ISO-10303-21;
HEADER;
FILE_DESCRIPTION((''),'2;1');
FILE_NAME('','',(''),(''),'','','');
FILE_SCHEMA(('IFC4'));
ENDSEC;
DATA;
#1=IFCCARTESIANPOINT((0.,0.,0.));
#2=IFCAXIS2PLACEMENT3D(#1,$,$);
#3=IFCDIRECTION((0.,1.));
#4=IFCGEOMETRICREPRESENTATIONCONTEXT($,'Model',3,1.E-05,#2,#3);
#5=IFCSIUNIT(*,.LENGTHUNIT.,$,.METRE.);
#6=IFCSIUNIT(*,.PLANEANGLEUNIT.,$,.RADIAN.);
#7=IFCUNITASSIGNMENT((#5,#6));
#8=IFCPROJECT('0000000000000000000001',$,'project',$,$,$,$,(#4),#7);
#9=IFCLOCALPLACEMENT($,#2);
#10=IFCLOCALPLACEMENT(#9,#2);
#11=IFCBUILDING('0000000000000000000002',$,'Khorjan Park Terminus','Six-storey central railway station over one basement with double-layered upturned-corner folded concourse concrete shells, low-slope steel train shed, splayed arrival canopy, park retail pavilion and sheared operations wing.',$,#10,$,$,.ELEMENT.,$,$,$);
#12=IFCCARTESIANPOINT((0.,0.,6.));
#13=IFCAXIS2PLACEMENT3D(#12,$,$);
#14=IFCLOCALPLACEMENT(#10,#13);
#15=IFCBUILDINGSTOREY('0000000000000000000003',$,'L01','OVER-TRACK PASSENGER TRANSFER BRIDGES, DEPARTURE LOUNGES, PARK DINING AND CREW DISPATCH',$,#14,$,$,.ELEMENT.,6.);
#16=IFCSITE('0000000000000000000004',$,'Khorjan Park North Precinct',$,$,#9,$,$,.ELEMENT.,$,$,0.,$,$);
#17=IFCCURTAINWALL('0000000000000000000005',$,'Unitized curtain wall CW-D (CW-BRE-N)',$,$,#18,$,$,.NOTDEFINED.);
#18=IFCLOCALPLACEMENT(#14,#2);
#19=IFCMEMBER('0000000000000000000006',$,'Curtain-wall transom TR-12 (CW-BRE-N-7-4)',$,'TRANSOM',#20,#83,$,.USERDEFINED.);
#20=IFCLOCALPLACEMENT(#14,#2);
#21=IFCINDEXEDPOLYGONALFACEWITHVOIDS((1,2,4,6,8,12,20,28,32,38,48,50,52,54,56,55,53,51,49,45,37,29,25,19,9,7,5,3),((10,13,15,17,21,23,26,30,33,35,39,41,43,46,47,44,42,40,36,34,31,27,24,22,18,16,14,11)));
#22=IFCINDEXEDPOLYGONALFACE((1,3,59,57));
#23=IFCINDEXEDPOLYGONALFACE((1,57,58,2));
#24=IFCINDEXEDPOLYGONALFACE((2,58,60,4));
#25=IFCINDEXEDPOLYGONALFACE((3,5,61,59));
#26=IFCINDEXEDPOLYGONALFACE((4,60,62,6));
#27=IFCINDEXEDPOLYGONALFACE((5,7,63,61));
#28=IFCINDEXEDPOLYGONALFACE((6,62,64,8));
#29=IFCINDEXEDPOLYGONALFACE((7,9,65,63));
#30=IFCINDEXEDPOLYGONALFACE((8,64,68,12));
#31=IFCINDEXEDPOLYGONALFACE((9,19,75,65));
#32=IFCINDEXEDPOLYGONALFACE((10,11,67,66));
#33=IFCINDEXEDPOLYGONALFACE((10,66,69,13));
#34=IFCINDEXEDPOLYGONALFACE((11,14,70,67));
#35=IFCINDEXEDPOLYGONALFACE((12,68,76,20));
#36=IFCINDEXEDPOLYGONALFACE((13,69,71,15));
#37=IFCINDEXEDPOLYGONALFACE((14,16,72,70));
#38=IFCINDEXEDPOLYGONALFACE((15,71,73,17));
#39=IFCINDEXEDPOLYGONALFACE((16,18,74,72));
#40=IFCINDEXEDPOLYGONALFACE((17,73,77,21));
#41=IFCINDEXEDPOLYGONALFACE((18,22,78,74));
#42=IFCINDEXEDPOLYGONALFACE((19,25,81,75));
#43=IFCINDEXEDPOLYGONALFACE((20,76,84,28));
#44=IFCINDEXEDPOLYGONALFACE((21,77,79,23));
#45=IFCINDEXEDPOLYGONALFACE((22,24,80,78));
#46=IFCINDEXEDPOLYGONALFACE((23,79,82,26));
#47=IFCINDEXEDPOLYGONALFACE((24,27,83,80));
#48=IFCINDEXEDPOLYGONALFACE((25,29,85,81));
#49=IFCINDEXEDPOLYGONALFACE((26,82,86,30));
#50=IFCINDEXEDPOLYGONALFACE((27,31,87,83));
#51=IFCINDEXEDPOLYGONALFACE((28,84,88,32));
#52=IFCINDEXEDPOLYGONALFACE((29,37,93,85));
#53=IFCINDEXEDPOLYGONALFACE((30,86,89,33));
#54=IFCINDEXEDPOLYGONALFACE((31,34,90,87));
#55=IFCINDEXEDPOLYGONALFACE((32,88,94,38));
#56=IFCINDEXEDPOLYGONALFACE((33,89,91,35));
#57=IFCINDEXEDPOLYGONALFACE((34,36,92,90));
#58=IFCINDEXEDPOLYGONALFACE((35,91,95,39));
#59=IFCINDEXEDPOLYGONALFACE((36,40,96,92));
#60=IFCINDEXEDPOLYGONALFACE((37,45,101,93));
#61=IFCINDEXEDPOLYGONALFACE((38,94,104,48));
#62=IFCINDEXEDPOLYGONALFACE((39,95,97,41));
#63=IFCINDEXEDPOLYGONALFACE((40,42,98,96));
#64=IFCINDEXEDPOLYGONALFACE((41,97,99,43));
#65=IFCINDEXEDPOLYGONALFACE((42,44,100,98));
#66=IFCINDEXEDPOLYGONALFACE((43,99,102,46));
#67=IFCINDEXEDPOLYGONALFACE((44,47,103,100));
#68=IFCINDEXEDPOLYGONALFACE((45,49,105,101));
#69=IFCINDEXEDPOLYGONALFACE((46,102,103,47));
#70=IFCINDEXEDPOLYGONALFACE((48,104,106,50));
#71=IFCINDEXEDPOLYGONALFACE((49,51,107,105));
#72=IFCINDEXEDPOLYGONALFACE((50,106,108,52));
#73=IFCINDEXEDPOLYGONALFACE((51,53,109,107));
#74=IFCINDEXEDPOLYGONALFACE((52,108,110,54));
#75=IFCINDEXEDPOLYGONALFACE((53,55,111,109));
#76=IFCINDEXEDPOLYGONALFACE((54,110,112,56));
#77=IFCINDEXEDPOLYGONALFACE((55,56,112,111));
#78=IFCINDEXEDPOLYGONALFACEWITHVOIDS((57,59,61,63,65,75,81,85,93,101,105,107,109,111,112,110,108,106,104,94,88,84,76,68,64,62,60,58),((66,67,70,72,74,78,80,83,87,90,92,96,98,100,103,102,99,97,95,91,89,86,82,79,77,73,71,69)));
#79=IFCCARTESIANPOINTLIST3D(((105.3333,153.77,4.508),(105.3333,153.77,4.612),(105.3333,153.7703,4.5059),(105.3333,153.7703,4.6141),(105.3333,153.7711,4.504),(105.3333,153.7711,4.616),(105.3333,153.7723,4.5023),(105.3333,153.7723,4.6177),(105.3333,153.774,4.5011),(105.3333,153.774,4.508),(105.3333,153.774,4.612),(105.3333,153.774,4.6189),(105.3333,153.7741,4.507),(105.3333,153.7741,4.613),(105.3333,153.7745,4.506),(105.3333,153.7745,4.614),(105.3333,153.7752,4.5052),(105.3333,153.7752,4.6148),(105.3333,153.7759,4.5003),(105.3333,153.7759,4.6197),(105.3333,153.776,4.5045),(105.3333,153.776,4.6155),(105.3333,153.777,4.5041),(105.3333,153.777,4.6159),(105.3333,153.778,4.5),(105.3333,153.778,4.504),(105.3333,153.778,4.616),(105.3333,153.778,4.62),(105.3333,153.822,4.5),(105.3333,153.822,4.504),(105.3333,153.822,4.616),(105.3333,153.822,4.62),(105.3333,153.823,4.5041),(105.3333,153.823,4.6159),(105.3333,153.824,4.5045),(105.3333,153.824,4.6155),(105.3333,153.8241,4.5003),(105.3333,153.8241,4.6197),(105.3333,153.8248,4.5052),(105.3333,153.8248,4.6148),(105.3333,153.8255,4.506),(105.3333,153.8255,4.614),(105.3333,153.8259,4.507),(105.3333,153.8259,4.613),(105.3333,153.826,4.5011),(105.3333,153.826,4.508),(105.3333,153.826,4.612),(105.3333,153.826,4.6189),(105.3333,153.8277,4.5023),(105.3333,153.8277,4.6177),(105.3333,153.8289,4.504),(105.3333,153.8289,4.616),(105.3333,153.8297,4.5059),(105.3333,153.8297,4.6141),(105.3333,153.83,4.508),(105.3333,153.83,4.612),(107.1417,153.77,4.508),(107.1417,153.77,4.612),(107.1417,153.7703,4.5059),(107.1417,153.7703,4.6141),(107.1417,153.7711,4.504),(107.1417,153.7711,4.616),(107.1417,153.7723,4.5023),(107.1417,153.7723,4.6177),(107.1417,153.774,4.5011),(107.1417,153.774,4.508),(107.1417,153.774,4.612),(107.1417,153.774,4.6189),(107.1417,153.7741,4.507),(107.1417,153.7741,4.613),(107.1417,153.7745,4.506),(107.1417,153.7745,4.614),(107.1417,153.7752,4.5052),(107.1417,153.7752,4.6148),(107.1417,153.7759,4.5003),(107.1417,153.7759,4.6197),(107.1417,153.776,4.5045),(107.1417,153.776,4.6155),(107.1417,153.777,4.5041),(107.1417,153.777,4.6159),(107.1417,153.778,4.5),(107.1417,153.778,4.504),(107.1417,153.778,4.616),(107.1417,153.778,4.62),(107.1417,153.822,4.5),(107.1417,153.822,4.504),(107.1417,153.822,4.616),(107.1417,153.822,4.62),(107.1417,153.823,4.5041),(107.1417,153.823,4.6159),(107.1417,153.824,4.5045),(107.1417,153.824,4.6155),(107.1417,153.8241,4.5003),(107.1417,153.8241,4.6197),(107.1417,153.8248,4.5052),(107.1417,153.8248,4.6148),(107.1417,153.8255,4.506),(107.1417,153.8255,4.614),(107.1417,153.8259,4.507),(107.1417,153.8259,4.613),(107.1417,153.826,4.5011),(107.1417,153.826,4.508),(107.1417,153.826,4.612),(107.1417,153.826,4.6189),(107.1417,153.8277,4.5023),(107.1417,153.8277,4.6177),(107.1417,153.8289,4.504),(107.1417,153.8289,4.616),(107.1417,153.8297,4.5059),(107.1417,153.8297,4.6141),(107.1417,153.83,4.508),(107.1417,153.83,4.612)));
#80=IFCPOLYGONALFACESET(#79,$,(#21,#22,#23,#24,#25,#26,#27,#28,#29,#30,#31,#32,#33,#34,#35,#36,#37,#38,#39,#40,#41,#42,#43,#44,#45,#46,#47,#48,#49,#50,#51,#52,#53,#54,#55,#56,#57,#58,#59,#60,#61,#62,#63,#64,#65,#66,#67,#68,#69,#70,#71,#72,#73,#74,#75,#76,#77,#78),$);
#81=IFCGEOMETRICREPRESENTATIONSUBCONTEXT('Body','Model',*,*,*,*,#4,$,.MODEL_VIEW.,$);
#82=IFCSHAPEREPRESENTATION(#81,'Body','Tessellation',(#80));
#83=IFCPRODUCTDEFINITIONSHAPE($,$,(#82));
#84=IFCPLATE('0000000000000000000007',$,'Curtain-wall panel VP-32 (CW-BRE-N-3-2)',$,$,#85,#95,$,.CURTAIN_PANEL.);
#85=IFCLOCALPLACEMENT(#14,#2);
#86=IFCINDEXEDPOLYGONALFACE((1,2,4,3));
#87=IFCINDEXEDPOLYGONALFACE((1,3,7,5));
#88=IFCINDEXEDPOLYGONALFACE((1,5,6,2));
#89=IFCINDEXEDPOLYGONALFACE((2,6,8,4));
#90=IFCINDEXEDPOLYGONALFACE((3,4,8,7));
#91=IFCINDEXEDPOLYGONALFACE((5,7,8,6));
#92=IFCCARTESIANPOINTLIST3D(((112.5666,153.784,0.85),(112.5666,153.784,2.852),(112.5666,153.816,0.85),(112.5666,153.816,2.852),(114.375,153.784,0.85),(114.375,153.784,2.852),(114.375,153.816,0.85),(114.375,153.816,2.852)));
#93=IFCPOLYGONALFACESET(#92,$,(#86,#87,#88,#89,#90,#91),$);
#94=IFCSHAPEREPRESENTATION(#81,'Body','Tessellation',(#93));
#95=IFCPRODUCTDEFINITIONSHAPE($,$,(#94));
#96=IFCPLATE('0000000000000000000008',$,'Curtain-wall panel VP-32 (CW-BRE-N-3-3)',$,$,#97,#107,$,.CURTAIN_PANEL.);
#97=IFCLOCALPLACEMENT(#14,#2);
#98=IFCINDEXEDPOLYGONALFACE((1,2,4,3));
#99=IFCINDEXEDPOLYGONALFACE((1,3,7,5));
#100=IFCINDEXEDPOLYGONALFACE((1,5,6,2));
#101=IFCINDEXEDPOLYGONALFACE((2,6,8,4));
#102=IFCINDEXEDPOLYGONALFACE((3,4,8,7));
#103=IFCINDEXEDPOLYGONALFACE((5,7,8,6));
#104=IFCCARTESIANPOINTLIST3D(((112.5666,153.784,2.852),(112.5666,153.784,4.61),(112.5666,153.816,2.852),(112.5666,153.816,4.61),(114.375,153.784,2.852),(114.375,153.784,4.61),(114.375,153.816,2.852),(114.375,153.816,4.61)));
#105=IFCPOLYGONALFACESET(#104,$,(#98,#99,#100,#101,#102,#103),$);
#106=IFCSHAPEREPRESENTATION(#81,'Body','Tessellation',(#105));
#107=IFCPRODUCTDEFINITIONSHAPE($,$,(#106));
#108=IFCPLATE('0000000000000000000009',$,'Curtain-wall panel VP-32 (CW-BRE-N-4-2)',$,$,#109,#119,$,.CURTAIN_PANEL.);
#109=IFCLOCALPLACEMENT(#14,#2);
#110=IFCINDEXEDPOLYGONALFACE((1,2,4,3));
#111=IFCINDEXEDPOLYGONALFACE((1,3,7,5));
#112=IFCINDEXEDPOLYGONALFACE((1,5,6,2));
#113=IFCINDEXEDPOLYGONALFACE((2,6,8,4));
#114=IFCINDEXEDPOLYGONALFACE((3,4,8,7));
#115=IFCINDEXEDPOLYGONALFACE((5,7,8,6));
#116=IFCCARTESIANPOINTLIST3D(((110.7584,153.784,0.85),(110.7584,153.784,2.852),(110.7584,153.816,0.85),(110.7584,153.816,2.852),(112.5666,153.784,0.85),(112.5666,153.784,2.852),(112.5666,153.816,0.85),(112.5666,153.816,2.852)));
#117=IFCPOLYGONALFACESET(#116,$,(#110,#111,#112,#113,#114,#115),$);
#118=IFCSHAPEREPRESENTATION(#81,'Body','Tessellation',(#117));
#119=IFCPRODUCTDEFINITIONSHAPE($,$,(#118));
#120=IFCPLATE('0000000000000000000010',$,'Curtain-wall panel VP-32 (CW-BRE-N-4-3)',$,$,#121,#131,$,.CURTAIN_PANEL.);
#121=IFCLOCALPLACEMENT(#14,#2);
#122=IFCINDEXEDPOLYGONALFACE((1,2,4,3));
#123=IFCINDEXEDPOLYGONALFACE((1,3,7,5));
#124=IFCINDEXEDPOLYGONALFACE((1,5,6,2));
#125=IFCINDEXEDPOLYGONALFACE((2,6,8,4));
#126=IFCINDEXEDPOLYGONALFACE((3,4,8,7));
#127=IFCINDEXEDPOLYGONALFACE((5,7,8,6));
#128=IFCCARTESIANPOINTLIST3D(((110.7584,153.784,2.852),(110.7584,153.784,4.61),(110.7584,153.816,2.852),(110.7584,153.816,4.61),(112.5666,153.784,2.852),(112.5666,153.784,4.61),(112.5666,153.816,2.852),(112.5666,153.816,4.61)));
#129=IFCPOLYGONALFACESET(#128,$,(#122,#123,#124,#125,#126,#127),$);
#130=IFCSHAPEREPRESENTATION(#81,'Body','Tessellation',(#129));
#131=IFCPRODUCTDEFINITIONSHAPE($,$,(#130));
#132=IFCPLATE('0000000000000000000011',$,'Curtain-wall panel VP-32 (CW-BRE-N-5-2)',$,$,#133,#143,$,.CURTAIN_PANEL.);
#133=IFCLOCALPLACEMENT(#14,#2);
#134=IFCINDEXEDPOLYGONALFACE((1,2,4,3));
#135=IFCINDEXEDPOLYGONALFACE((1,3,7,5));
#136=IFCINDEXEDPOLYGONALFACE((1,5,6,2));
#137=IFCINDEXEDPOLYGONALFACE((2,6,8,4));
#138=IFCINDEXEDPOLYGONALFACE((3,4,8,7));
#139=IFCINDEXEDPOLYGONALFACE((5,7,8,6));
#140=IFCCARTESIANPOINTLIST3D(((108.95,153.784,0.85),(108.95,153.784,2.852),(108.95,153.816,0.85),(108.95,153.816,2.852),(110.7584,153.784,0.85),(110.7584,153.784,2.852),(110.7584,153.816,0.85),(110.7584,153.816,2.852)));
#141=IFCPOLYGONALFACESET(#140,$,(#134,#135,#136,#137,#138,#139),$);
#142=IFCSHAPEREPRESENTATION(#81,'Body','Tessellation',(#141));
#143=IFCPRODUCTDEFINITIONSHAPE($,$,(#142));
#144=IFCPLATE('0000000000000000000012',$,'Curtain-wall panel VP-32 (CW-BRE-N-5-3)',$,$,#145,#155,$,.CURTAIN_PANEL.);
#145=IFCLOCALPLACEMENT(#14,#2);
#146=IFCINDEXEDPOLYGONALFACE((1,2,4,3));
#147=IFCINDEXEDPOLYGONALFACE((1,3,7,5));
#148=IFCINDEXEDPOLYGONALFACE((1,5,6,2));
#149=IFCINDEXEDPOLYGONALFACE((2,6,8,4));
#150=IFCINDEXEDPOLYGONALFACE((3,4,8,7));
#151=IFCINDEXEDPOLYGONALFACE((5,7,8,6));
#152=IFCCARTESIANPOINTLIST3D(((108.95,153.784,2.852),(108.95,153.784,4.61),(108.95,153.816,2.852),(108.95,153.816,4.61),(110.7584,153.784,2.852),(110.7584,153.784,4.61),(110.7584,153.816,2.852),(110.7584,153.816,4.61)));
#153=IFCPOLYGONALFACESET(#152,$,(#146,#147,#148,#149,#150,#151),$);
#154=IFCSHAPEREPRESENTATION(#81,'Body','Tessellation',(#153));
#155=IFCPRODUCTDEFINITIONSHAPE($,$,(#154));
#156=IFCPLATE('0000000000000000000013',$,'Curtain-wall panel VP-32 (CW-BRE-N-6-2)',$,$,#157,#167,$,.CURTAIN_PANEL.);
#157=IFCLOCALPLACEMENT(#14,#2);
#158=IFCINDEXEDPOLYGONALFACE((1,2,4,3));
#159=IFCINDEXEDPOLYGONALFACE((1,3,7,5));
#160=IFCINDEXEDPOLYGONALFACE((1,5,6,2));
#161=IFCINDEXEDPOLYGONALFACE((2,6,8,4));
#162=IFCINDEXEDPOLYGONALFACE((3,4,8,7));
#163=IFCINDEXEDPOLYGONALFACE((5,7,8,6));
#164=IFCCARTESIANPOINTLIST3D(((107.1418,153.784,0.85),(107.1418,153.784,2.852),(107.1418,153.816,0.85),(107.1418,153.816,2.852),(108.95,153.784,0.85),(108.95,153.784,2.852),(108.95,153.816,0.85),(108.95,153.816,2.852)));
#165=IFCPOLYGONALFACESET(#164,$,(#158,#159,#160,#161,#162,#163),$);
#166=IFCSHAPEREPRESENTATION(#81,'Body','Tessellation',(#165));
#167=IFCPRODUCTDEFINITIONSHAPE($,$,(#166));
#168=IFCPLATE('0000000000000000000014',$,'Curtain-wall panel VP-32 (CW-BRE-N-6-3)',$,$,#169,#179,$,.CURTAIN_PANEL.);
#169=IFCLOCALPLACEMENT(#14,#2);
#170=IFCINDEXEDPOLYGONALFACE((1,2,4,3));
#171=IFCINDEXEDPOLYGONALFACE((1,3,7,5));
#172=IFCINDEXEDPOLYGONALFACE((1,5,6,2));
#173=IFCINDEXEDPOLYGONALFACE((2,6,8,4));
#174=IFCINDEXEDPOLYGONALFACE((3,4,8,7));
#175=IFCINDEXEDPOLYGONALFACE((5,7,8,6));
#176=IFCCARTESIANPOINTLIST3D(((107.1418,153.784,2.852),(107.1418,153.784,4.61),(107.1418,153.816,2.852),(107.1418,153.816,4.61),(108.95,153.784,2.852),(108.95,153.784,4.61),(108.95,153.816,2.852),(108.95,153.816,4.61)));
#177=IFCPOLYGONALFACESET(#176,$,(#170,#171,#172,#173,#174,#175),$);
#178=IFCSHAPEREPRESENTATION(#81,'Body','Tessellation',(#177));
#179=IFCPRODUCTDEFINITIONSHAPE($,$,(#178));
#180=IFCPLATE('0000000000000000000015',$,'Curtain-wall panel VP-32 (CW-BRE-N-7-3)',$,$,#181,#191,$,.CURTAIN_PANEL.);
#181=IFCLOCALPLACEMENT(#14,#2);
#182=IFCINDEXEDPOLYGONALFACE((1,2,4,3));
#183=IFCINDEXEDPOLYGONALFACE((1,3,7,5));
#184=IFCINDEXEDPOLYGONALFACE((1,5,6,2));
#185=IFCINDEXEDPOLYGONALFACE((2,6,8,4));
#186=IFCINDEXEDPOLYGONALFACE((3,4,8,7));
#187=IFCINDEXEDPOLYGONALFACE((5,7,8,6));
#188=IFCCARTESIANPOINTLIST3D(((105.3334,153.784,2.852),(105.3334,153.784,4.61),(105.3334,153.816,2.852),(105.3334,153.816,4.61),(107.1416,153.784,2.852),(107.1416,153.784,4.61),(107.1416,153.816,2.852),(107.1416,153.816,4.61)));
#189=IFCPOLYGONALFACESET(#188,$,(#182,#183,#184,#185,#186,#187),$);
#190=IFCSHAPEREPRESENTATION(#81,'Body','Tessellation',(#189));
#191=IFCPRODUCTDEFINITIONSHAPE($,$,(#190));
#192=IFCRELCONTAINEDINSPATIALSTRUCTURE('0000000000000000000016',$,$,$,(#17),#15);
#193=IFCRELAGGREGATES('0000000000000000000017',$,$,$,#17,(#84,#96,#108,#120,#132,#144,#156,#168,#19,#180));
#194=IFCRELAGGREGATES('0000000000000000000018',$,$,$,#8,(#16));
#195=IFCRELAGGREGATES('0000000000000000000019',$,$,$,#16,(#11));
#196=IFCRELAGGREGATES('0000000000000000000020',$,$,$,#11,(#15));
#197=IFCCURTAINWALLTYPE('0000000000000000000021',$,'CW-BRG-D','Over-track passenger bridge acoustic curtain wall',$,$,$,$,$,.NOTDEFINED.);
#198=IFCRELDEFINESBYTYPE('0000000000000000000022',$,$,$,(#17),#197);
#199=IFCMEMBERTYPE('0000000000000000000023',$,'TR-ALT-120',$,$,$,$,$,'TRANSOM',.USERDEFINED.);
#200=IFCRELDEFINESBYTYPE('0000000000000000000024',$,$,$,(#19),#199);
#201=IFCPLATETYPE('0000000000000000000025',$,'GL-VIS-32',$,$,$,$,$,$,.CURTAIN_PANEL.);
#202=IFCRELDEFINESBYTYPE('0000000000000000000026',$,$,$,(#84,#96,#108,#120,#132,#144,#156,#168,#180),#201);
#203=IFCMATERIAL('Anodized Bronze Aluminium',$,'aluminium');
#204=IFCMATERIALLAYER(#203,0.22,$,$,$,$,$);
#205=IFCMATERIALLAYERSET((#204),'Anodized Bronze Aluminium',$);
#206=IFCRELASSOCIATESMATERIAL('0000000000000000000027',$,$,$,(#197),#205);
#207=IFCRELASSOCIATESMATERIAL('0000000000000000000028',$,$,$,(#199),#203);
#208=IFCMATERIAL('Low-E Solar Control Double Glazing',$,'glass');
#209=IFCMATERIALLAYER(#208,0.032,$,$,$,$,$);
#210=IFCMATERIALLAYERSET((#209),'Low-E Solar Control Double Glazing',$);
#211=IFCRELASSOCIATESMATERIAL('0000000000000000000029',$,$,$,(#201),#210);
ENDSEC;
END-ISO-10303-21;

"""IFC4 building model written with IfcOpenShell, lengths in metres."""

from ifc_helpers import new_model, si_unit, direction, frame, origin, origin_2d, place, context, subcontext, project, spatial, rectangle, hollow_rectangle, extrude, material, layer, layer_set, material_profile, profile_set, type_object, element, aggregate, save


model = new_model("IFC4")

# Units and contexts
model_context = context("Model", 3, precision=1e-05, world=origin(), true_north=direction((0.0, 1.0)))
body_context = subcontext(model_context, "Body", "Model", "MODEL_VIEW")
ifc_project = project(units=[si_unit("LENGTHUNIT", "METRE"), si_unit("PLANEANGLEUNIT", "RADIAN")], contexts=[model_context])

# Site, building, storey
site_placement = place(None, origin())
site = spatial("IfcSite", under=ifc_project, at=site_placement, Name="Khorjan Park North Precinct", CompositionType="ELEMENT", RefElevation=0.0)
building_placement = place(site_placement, origin())
building = spatial("IfcBuilding", under=site, at=building_placement, Name="Khorjan Park Terminus", Description="Six-storey central railway station over one basement with double-layered upturned-corner folded concourse concrete shells, low-slope steel train shed, splayed arrival canopy, park retail pavilion and sheared operations wing.", CompositionType="ELEMENT")
storey_placement = place(building_placement, frame((0.0, 0.0, 6.0)))
storey = spatial("IfcBuildingStorey", under=building, at=storey_placement, Name="L01", Description="OVER-TRACK PASSENGER TRANSFER BRIDGES, DEPARTURE LOUNGES, PARK DINING AND CREW DISPATCH", CompositionType="ELEMENT", Elevation=6.0)

# Curtain wall, member, plates
ifc_material_1 = material(Name="Anodized Bronze Aluminium", Category="aluminium")
ifc_layer_1 = layer(ifc_material_1, 0.22)
ifc_layer_set_1 = layer_set([ifc_layer_1], Name="Anodized Bronze Aluminium")
curtain_wall_type = type_object("IfcCurtainWallType", Name="CW-BRG-D", Description="Over-track passenger bridge acoustic curtain wall", PredefinedType="NOTDEFINED", material=ifc_layer_set_1)
curtain_wall_placement = place(storey_placement, origin())
curtain_wall = element("IfcCurtainWall", 1, at=curtain_wall_placement, inside=storey, type_object=curtain_wall_type, Name="Unitized curtain wall CW-D (CW-BRE-N)", PredefinedType="NOTDEFINED")
ifc_material_profile_1 = material_profile(ifc_material_1, hollow_rectangle(XDim=0.06, YDim=0.12, WallThickness=0.004, InnerFilletRadius=0.004, OuterFilletRadius=0.008, at=origin_2d()), Name="ALT 60x120x4")
ifc_profile_set_1 = profile_set([ifc_material_profile_1], Name="Anodized Bronze Aluminium")
member_type_1 = type_object("IfcMemberType", Name="TR-ALT-120", ElementType="TRANSOM", PredefinedType="USERDEFINED", material=ifc_profile_set_1)
member_1_placement = place(storey_placement, frame((107.1417, 153.8, 4.56), z_axis=(-1.0, 0.0, 0.0), x_axis=(0.0, -1.0, 0.0)))
member_1 = element("IfcMember", 2, at=member_1_placement, type_object=member_type_1, Name="Curtain-wall transom TR-12 (CW-BRE-N-7-4)", ObjectType="TRANSOM", PredefinedType="USERDEFINED", context=body_context, shape_type="SweptSolid", body=[
    extrude(hollow_rectangle(XDim=0.06, YDim=0.12, WallThickness=0.004, InnerFilletRadius=0.004, OuterFilletRadius=0.008, at=origin_2d()), origin(), (0.0, 0.0, 1.0), 1.8084),
])
ifc_material_2 = material(Name="Low-E Solar Control Double Glazing", Category="glass")
ifc_layer_2 = layer(ifc_material_2, 0.032)
ifc_layer_set_2 = layer_set([ifc_layer_2], Name="Low-E Solar Control Double Glazing")
plate_type_1 = type_object("IfcPlateType", Name="GL-VIS-32", PredefinedType="CURTAIN_PANEL", material=ifc_layer_set_2)
plate_1_placement = place(storey_placement, frame((113.4708, 153.8, 0.85), z_axis=(0.0, 0.0, 1.0), x_axis=(-1.0, 0.0, 0.0)))
plate_1 = element("IfcPlate", 3, at=plate_1_placement, type_object=plate_type_1, Name="Curtain-wall panel VP-32 (CW-BRE-N-3-2)", PredefinedType="CURTAIN_PANEL", context=body_context, shape_type="SweptSolid", body=[
    extrude(rectangle(XDim=1.8083, YDim=0.032, at=origin_2d()), origin(), (0.0, 0.0, 1.0), 2.002),
])
plate_2_placement = place(storey_placement, frame((113.4708, 153.8, 2.852), z_axis=(0.0, 0.0, 1.0), x_axis=(-1.0, 0.0, 0.0)))
plate_2 = element("IfcPlate", 4, at=plate_2_placement, type_object=plate_type_1, Name="Curtain-wall panel VP-32 (CW-BRE-N-3-3)", PredefinedType="CURTAIN_PANEL", context=body_context, shape_type="SweptSolid", body=[
    extrude(rectangle(XDim=1.8083, YDim=0.032, at=origin_2d()), origin(), (0.0, 0.0, 1.0), 1.758),
])
plate_3_placement = place(storey_placement, frame((111.6625, 153.8, 0.85), z_axis=(0.0, 0.0, 1.0), x_axis=(-1.0, 0.0, 0.0)))
plate_3 = element("IfcPlate", 5, at=plate_3_placement, type_object=plate_type_1, Name="Curtain-wall panel VP-32 (CW-BRE-N-4-2)", PredefinedType="CURTAIN_PANEL", context=body_context, shape_type="SweptSolid", body=[
    extrude(rectangle(XDim=1.8083, YDim=0.032, at=origin_2d()), origin(), (0.0, 0.0, 1.0), 2.002),
])
plate_4_placement = place(storey_placement, frame((111.6625, 153.8, 2.852), z_axis=(0.0, 0.0, 1.0), x_axis=(-1.0, 0.0, 0.0)))
plate_4 = element("IfcPlate", 6, at=plate_4_placement, type_object=plate_type_1, Name="Curtain-wall panel VP-32 (CW-BRE-N-4-3)", PredefinedType="CURTAIN_PANEL", context=body_context, shape_type="SweptSolid", body=[
    extrude(rectangle(XDim=1.8083, YDim=0.032, at=origin_2d()), origin(), (0.0, 0.0, 1.0), 1.758),
])
plate_5_placement = place(storey_placement, frame((109.8542, 153.8, 0.85), z_axis=(0.0, 0.0, 1.0), x_axis=(-1.0, 0.0, 0.0)))
plate_5 = element("IfcPlate", 7, at=plate_5_placement, type_object=plate_type_1, Name="Curtain-wall panel VP-32 (CW-BRE-N-5-2)", PredefinedType="CURTAIN_PANEL", context=body_context, shape_type="SweptSolid", body=[
    extrude(rectangle(XDim=1.8083, YDim=0.032, at=origin_2d()), origin(), (0.0, 0.0, 1.0), 2.002),
])
plate_6_placement = place(storey_placement, frame((109.8542, 153.8, 2.852), z_axis=(0.0, 0.0, 1.0), x_axis=(-1.0, 0.0, 0.0)))
plate_6 = element("IfcPlate", 8, at=plate_6_placement, type_object=plate_type_1, Name="Curtain-wall panel VP-32 (CW-BRE-N-5-3)", PredefinedType="CURTAIN_PANEL", context=body_context, shape_type="SweptSolid", body=[
    extrude(rectangle(XDim=1.8083, YDim=0.032, at=origin_2d()), origin(), (0.0, 0.0, 1.0), 1.758),
])
plate_7_placement = place(storey_placement, frame((108.0459, 153.8, 0.85), z_axis=(0.0, 0.0, 1.0), x_axis=(-1.0, 0.0, 0.0)))
plate_7 = element("IfcPlate", 9, at=plate_7_placement, type_object=plate_type_1, Name="Curtain-wall panel VP-32 (CW-BRE-N-6-2)", PredefinedType="CURTAIN_PANEL", context=body_context, shape_type="SweptSolid", body=[
    extrude(rectangle(XDim=1.8083, YDim=0.032, at=origin_2d()), origin(), (0.0, 0.0, 1.0), 2.002),
])
plate_8_placement = place(storey_placement, frame((108.0459, 153.8, 2.852), z_axis=(0.0, 0.0, 1.0), x_axis=(-1.0, 0.0, 0.0)))
plate_8 = element("IfcPlate", 10, at=plate_8_placement, type_object=plate_type_1, Name="Curtain-wall panel VP-32 (CW-BRE-N-6-3)", PredefinedType="CURTAIN_PANEL", context=body_context, shape_type="SweptSolid", body=[
    extrude(rectangle(XDim=1.8083, YDim=0.032, at=origin_2d()), origin(), (0.0, 0.0, 1.0), 1.758),
])
plate_9_placement = place(storey_placement, frame((106.2375, 153.8, 2.852), z_axis=(0.0, 0.0, 1.0), x_axis=(-1.0, 0.0, 0.0)))
plate_9 = element("IfcPlate", 11, at=plate_9_placement, type_object=plate_type_1, Name="Curtain-wall panel VP-32 (CW-BRE-N-7-3)", PredefinedType="CURTAIN_PANEL", context=body_context, shape_type="SweptSolid", body=[
    extrude(rectangle(XDim=1.8083, YDim=0.032, at=origin_2d()), origin(), (0.0, 0.0, 1.0), 1.758),
])
aggregate(curtain_wall, [plate_1, plate_2, plate_3, plate_4, plate_5, plate_6, plate_7, plate_8, member_1, plate_9])

save(model, "model.ifc")
